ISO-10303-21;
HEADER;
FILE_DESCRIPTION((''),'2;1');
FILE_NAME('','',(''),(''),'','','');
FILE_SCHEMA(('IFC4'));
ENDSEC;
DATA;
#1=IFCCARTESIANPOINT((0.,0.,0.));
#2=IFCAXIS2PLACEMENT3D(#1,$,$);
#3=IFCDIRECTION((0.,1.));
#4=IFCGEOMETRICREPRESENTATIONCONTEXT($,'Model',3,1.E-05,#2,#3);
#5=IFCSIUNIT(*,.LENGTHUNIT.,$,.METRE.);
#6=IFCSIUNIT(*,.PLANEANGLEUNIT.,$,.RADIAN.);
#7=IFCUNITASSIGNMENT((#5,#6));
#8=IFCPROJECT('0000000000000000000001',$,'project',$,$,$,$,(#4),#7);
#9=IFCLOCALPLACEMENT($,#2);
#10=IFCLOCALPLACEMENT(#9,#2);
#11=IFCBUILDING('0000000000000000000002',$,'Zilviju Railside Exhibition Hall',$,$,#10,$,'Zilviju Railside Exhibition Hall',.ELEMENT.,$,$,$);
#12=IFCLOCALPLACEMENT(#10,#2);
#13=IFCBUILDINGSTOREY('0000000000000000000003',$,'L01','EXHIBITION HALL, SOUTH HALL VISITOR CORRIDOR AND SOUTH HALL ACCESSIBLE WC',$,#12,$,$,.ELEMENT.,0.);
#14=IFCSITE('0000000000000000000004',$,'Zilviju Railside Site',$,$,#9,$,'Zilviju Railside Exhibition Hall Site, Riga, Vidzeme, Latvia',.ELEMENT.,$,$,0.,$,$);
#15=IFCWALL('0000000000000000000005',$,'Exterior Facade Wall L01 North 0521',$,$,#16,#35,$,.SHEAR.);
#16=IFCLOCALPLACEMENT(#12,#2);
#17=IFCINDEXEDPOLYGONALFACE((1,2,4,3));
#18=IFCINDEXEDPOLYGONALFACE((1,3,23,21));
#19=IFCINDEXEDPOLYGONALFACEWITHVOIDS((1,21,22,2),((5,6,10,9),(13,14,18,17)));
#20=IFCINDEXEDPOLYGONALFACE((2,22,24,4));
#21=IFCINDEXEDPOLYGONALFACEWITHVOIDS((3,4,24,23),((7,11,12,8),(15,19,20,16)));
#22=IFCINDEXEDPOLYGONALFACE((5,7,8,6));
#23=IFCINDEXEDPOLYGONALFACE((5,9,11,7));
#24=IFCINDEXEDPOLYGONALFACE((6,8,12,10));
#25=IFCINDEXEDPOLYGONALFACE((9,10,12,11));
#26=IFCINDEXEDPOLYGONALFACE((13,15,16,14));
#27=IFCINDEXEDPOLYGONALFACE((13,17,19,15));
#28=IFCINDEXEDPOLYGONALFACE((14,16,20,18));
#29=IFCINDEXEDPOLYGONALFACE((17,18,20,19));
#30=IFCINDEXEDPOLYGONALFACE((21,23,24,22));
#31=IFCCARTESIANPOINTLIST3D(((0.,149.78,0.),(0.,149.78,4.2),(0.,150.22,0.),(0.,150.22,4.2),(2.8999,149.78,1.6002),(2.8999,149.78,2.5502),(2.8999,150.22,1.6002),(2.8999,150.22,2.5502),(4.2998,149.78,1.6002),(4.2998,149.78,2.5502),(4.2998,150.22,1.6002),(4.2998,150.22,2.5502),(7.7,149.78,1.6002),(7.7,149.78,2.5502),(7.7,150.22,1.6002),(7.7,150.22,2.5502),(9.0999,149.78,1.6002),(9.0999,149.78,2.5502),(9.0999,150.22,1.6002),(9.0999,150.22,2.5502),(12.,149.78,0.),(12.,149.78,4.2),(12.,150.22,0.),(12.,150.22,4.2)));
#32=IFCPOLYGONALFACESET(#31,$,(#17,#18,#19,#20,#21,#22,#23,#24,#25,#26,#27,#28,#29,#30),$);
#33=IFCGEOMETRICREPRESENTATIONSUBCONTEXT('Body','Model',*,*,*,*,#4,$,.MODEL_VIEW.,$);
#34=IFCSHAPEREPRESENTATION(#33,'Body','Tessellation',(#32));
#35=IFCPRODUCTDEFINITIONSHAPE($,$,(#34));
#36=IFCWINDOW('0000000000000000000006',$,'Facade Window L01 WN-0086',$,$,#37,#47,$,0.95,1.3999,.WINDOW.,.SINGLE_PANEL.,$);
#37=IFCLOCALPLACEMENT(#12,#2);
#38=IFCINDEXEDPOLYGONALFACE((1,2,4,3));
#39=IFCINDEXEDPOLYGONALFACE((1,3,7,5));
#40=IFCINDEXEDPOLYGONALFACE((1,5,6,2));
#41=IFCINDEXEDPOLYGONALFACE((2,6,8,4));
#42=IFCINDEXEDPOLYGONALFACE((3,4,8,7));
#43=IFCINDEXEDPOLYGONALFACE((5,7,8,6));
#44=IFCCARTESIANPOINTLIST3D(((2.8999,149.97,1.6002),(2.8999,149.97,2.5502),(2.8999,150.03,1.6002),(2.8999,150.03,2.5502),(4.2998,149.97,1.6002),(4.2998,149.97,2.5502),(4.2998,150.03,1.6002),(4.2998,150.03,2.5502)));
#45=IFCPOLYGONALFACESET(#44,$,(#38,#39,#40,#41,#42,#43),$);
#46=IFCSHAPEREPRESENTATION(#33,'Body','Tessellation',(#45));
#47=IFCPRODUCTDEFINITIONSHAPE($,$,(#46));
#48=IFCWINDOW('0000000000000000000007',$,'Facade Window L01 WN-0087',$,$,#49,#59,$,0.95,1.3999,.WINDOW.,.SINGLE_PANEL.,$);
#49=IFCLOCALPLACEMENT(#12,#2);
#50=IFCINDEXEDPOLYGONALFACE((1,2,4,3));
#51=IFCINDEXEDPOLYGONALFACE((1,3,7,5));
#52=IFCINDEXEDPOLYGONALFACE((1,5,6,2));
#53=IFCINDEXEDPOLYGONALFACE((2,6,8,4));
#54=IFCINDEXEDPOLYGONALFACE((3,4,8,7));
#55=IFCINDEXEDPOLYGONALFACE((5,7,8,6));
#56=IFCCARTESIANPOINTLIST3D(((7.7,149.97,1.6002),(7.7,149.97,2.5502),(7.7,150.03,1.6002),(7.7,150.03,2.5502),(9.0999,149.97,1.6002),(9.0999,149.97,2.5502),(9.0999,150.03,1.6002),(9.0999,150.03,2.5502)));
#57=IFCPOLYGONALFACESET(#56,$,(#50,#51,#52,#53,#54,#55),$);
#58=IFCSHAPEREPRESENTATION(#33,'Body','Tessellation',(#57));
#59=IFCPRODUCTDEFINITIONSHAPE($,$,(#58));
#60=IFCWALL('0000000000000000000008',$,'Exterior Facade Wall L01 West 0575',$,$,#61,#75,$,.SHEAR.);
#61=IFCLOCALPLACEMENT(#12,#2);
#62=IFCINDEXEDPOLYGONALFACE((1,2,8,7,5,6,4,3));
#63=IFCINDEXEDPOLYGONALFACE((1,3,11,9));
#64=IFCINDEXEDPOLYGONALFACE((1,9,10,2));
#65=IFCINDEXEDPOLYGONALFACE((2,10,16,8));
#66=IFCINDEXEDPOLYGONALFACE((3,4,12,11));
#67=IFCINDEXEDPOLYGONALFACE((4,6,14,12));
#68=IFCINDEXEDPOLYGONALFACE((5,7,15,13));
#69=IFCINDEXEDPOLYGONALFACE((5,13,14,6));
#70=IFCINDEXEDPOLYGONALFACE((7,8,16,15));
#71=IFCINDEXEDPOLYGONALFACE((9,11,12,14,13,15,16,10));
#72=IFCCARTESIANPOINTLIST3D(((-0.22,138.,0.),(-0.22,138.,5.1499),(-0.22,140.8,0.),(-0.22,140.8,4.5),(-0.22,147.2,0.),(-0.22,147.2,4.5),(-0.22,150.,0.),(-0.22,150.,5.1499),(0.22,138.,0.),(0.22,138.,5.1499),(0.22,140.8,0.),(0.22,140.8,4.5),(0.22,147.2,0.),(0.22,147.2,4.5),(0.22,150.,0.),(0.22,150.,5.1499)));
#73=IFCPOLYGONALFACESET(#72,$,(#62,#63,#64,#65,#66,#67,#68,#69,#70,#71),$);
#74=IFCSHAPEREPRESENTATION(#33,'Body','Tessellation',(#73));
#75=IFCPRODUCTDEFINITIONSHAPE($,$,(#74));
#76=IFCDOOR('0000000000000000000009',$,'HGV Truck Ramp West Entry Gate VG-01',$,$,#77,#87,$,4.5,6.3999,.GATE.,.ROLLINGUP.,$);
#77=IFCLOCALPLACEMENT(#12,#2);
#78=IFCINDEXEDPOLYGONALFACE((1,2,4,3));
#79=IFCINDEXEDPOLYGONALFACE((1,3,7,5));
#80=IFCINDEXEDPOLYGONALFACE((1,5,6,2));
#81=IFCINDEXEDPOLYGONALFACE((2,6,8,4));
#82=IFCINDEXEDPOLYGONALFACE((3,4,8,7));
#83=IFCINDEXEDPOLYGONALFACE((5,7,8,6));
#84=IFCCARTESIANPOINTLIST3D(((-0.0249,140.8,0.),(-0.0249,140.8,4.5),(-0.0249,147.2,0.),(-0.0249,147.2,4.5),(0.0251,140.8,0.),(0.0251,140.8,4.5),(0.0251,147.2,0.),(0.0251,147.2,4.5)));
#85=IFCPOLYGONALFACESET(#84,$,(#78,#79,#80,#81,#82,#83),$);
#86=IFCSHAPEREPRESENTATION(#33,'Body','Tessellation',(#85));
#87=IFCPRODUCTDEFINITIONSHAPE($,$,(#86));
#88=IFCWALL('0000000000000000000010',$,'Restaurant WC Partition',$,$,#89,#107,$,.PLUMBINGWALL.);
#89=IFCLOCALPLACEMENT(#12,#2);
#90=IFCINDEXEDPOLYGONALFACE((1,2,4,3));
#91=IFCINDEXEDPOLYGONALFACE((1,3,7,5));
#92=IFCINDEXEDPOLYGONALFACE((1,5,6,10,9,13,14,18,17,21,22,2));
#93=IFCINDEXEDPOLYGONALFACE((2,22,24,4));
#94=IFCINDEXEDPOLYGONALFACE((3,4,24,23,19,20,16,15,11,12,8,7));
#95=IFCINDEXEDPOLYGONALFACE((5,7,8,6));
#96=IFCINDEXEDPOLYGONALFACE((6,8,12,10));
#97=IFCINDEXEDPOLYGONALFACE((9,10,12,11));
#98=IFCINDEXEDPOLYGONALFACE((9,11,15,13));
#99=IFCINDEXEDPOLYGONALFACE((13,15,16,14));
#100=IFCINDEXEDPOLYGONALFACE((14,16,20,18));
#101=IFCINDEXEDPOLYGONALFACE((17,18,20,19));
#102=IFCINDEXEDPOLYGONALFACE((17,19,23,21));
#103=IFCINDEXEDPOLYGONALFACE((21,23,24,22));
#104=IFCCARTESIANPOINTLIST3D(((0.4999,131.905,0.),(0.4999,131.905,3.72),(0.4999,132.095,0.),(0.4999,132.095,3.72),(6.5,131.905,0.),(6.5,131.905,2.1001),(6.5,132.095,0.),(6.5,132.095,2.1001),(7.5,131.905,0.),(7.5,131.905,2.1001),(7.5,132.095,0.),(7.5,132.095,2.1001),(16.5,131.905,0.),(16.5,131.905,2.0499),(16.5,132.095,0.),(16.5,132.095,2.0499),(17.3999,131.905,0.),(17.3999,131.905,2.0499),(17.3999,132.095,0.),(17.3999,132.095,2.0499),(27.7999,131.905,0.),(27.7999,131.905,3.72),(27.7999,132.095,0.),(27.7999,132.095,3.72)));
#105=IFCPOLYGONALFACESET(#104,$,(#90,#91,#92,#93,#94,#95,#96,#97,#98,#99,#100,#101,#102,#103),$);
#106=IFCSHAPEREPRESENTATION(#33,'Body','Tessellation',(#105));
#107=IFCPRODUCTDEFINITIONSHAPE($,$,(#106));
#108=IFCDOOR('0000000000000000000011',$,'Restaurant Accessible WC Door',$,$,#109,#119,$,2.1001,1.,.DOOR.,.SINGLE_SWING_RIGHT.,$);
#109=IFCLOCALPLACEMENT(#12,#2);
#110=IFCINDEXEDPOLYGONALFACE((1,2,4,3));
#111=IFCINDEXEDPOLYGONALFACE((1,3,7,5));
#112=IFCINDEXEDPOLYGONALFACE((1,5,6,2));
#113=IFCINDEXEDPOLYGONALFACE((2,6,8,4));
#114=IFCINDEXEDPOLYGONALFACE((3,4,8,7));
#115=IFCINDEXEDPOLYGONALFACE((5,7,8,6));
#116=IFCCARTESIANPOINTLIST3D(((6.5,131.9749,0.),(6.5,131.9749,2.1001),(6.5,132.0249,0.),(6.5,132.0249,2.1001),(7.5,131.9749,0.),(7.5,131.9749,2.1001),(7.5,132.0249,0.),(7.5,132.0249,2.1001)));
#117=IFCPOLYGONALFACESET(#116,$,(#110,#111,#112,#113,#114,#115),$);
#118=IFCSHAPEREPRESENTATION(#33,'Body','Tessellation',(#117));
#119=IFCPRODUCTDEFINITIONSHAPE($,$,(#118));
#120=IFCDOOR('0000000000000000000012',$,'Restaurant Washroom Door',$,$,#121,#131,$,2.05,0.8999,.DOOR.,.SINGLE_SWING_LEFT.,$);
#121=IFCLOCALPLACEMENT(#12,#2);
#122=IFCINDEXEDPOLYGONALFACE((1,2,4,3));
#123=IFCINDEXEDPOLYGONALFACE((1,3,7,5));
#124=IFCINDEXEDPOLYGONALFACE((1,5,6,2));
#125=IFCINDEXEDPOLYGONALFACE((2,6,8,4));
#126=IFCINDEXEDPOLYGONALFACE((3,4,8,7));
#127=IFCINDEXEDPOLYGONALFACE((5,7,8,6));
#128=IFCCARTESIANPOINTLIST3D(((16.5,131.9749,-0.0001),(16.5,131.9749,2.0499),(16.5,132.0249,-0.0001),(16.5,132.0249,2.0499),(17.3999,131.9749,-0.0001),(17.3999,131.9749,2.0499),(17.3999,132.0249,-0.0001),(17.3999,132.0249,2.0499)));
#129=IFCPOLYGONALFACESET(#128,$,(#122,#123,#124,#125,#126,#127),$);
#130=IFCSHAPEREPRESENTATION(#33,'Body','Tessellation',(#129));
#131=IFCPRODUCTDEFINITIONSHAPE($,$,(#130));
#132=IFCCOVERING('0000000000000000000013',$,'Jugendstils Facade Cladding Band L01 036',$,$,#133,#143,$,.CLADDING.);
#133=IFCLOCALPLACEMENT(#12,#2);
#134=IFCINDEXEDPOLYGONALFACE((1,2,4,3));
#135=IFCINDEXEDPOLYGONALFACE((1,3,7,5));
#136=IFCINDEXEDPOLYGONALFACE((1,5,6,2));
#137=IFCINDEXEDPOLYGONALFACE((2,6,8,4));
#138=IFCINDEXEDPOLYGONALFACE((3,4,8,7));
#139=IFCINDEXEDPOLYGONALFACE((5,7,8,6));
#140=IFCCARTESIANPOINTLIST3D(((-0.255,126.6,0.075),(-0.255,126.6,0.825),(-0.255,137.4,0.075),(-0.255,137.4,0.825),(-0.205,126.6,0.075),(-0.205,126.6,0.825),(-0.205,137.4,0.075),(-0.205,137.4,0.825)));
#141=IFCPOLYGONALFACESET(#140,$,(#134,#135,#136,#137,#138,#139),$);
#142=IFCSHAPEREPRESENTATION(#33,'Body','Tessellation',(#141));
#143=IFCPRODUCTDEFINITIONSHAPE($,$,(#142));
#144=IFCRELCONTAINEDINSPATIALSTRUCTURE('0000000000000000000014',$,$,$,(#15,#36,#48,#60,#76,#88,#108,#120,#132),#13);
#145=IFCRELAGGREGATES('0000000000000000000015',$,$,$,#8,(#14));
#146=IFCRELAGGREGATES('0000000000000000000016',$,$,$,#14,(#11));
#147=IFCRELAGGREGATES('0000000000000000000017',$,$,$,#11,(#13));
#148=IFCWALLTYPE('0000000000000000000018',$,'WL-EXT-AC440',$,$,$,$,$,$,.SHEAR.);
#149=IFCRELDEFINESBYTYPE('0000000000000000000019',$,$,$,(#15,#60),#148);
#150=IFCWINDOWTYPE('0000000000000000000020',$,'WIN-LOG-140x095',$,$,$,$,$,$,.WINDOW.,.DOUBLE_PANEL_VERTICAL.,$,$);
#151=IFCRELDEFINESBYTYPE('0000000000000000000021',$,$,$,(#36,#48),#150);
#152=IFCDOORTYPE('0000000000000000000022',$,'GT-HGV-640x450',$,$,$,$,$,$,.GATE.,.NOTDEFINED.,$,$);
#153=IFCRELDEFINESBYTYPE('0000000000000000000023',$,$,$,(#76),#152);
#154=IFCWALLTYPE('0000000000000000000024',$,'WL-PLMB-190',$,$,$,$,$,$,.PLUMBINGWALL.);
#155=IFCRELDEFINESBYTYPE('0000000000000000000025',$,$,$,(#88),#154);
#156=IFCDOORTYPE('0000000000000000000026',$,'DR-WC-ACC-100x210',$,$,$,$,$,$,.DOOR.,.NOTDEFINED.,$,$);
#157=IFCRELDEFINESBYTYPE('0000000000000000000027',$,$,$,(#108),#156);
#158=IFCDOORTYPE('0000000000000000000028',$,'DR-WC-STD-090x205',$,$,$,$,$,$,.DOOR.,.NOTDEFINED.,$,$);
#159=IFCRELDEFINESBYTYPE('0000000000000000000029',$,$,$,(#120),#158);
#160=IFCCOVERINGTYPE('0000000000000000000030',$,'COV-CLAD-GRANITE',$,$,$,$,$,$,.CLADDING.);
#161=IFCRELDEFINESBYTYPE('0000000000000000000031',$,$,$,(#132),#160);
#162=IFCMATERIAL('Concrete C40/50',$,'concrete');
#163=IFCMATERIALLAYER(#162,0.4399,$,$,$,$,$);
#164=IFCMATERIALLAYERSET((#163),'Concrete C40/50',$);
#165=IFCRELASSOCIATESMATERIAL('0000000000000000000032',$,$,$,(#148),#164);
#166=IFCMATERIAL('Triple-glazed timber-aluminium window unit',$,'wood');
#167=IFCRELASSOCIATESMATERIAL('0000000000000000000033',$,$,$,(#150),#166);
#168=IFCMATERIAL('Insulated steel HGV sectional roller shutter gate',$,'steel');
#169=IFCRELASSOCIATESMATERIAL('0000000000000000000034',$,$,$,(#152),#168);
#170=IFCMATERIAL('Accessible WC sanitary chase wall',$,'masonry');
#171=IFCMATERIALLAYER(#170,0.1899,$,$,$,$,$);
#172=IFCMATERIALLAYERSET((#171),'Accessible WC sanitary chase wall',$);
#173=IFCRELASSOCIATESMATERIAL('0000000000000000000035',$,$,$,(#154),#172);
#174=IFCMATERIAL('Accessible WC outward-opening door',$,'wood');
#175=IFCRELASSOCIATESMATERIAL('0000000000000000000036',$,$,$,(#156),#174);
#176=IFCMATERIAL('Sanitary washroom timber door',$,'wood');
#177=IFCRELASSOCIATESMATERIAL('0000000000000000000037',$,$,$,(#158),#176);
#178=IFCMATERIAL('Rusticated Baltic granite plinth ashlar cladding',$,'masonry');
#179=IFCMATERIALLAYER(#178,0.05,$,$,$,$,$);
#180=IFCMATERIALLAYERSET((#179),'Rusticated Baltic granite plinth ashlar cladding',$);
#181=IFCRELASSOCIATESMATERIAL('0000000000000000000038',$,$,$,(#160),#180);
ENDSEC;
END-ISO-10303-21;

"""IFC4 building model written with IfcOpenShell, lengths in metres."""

from ifc_helpers import new_model, si_unit, direction, frame, frame_2d, origin, origin_2d, place, context, subcontext, project, spatial, rectangle, extrude, material, layer, layer_set, type_object, element, fill, save


model = new_model("IFC4")

# Units and contexts
model_context = context("Model", 3, precision=1e-05, world=origin(), true_north=direction((0.0, 1.0)))
body_context = subcontext(model_context, "Body", "Model", "MODEL_VIEW")
ifc_project = project(units=[si_unit("LENGTHUNIT", "METRE"), si_unit("PLANEANGLEUNIT", "RADIAN")], contexts=[model_context])

# Site, building, storey
site_placement = place(None, origin())
site = spatial("IfcSite", under=ifc_project, at=site_placement, Name="Zilviju Railside Site", LongName="Zilviju Railside Exhibition Hall Site, Riga, Vidzeme, Latvia", CompositionType="ELEMENT", RefElevation=0.0)
building_placement = place(site_placement, origin())
building = spatial("IfcBuilding", under=site, at=building_placement, Name="Zilviju Railside Exhibition Hall", LongName="Zilviju Railside Exhibition Hall", CompositionType="ELEMENT")
storey_placement = place(building_placement, origin())
storey = spatial("IfcBuildingStorey", under=building, at=storey_placement, Name="L01", Description="EXHIBITION HALL, SOUTH HALL VISITOR CORRIDOR AND SOUTH HALL ACCESSIBLE WC", CompositionType="ELEMENT", Elevation=0.0)

# Shared definitions
ifc_material_1 = material(Name="Concrete C40/50", Category="concrete")

# Wall, openings, windows
ifc_layer_1 = layer(ifc_material_1, 0.4399)
ifc_layer_set_1 = layer_set([ifc_layer_1], Name="Concrete C40/50")
wall_type_1 = type_object("IfcWallType", Name="WL-EXT-AC440", PredefinedType="SHEAR", material=ifc_layer_set_1)
wall_1_placement = place(storey_placement, frame((0.0, 150.0, 0.0), z_axis=(0.0, 0.0, 1.0), x_axis=(1.0, 0.0, 0.0)))
wall_1 = element("IfcWall", 1, at=wall_1_placement, inside=storey, type_object=wall_type_1, Name="Exterior Facade Wall L01 North 0521", PredefinedType="SHEAR", context=body_context, shape_type="SweptSolid", body=[
    extrude(rectangle(XDim=12.0, YDim=0.4399, at=frame_2d((6.0, 0.0))), origin(), (0.0, 0.0, 1.0), 4.2),
])
opening_1_placement = place(wall_1_placement, frame((2.8999, 0.0, 1.6001)))
opening_1 = element("IfcOpeningElement", 2, at=opening_1_placement, cuts=wall_1, PredefinedType="OPENING", context=body_context, shape_type="SweptSolid", body=[
    extrude(rectangle(XDim=1.3999, YDim=0.95, at=frame_2d((0.7, 0.4751))), frame((0.0, 0.23, 0.0), z_axis=(0.0, -1.0, 0.0), x_axis=(1.0, 0.0, 0.0)), (0.0, 0.0, 1.0), 0.46),
])
opening_2_placement = place(wall_1_placement, frame((7.7, 0.0, 1.6001)))
opening_2 = element("IfcOpeningElement", 3, at=opening_2_placement, cuts=wall_1, PredefinedType="OPENING", context=body_context, shape_type="SweptSolid", body=[
    extrude(rectangle(XDim=1.3999, YDim=0.95, at=frame_2d((0.7, 0.4751))), frame((0.0, 0.23, 0.0), z_axis=(0.0, -1.0, 0.0), x_axis=(1.0, 0.0, 0.0)), (0.0, 0.0, 1.0), 0.46),
])
ifc_material_2 = material(Name="Triple-glazed timber-aluminium window unit", Category="wood")
window_type = type_object("IfcWindowType", Name="WIN-LOG-140x095", PartitioningType="DOUBLE_PANEL_VERTICAL", PredefinedType="WINDOW", material=ifc_material_2)
window_1_placement = place(opening_1_placement, origin())
window_1 = element("IfcWindow", 4, at=window_1_placement, inside=storey, type_object=window_type, Name="Facade Window L01 WN-0086", OverallHeight=0.95, OverallWidth=1.3999, PartitioningType="SINGLE_PANEL", PredefinedType="WINDOW", context=body_context, shape_type="SweptSolid", body=[
    extrude(rectangle(XDim=1.3999, YDim=0.95, at=frame_2d((0.7, 0.4751))), frame((0.0, 0.03, 0.0), z_axis=(0.0, -1.0, 0.0), x_axis=(1.0, 0.0, 0.0)), (0.0, 0.0, 1.0), 0.0601),
])
fill(opening_1, window_1)
window_2_placement = place(opening_2_placement, origin())
window_2 = element("IfcWindow", 5, at=window_2_placement, inside=storey, type_object=window_type, Name="Facade Window L01 WN-0087", OverallHeight=0.95, OverallWidth=1.3999, PartitioningType="SINGLE_PANEL", PredefinedType="WINDOW", context=body_context, shape_type="SweptSolid", body=[
    extrude(rectangle(XDim=1.3999, YDim=0.95, at=frame_2d((0.7, 0.4751))), frame((0.0, 0.03, 0.0), z_axis=(0.0, -1.0, 0.0), x_axis=(1.0, 0.0, 0.0)), (0.0, 0.0, 1.0), 0.0601),
])
fill(opening_2, window_2)

# Wall, opening, door
wall_2_placement = place(storey_placement, frame((0.0, 138.0, 0.0), z_axis=(0.0, 0.0, 1.0), x_axis=(0.0, 1.0, 0.0)))
wall_2 = element("IfcWall", 6, at=wall_2_placement, inside=storey, type_object=wall_type_1, Name="Exterior Facade Wall L01 West 0575", PredefinedType="SHEAR", context=body_context, shape_type="SweptSolid", body=[
    extrude(rectangle(XDim=12.0, YDim=0.4399, at=frame_2d((6.0, 0.0))), origin(), (0.0, 0.0, 1.0), 5.1499),
])
opening_3_placement = place(wall_2_placement, frame((2.8, 0.0, 0.0)))
opening_3 = element("IfcOpeningElement", 7, at=opening_3_placement, cuts=wall_2, PredefinedType="OPENING", context=body_context, shape_type="SweptSolid", body=[
    extrude(rectangle(XDim=6.3999, YDim=4.5, at=frame_2d((3.2, 2.25))), frame((0.0, 0.23, 0.0), z_axis=(0.0, -1.0, 0.0), x_axis=(1.0, 0.0, 0.0)), (0.0, 0.0, 1.0), 0.46),
])
ifc_material_3 = material(Name="Insulated steel HGV sectional roller shutter gate", Category="steel")
door_type_1 = type_object("IfcDoorType", Name="GT-HGV-640x450", OperationType="NOTDEFINED", PredefinedType="GATE", material=ifc_material_3)
door_1_placement = place(opening_3_placement, origin())
door_1 = element("IfcDoor", 8, at=door_1_placement, inside=storey, type_object=door_type_1, Name="HGV Truck Ramp West Entry Gate VG-01", OperationType="ROLLINGUP", OverallHeight=4.5, OverallWidth=6.3999, PredefinedType="GATE", context=body_context, shape_type="SweptSolid", body=[
    extrude(rectangle(XDim=6.3999, YDim=4.5, at=frame_2d((3.2, 2.25))), frame((0.0, 0.0249, 0.0), z_axis=(0.0, -1.0, 0.0), x_axis=(1.0, 0.0, 0.0)), (0.0, 0.0, 1.0), 0.05),
])
fill(opening_3, door_1)

# Wall, openings, doors
ifc_material_4 = material(Name="Accessible WC sanitary chase wall", Category="masonry")
ifc_layer_2 = layer(ifc_material_4, 0.1899)
ifc_layer_set_2 = layer_set([ifc_layer_2], Name="Accessible WC sanitary chase wall")
wall_type_2 = type_object("IfcWallType", Name="WL-PLMB-190", PredefinedType="PLUMBINGWALL", material=ifc_layer_set_2)
wall_3_placement = place(storey_placement, frame((0.5, 132.0, 0.0), z_axis=(0.0, 0.0, 1.0), x_axis=(1.0, 0.0, 0.0)))
wall_3 = element("IfcWall", 9, at=wall_3_placement, inside=storey, type_object=wall_type_2, Name="Restaurant WC Partition", PredefinedType="PLUMBINGWALL", context=body_context, shape_type="SweptSolid", body=[
    extrude(rectangle(XDim=27.3, YDim=0.1899, at=frame_2d((13.6499, 0.0))), origin(), (0.0, 0.0, 1.0), 3.72),
])
opening_4_placement = place(wall_3_placement, frame((6.0, 0.0, 0.0)))
opening_4 = element("IfcOpeningElement", 10, at=opening_4_placement, cuts=wall_3, PredefinedType="OPENING", context=body_context, shape_type="SweptSolid", body=[
    extrude(rectangle(XDim=1.0, YDim=2.1001, at=frame_2d((0.5, 1.05))), frame((0.0, 0.105, 0.0), z_axis=(0.0, -1.0, 0.0), x_axis=(1.0, 0.0, 0.0)), (0.0, 0.0, 1.0), 0.21),
])
opening_5_placement = place(wall_3_placement, frame((16.0, 0.0, 0.0)))
opening_5 = element("IfcOpeningElement", 11, at=opening_5_placement, cuts=wall_3, PredefinedType="OPENING", context=body_context, shape_type="SweptSolid", body=[
    extrude(rectangle(XDim=0.8999, YDim=2.05, at=frame_2d((0.45, 1.0249))), frame((0.0, 0.105, 0.0), z_axis=(0.0, -1.0, 0.0), x_axis=(1.0, 0.0, 0.0)), (0.0, 0.0, 1.0), 0.21),
])
ifc_material_5 = material(Name="Accessible WC outward-opening door", Category="wood")
door_type_2 = type_object("IfcDoorType", Name="DR-WC-ACC-100x210", OperationType="NOTDEFINED", PredefinedType="DOOR", material=ifc_material_5)
door_2_placement = place(opening_4_placement, origin())
door_2 = element("IfcDoor", 12, at=door_2_placement, inside=storey, type_object=door_type_2, Name="Restaurant Accessible WC Door", OperationType="SINGLE_SWING_RIGHT", OverallHeight=2.1001, OverallWidth=1.0, PredefinedType="DOOR", context=body_context, shape_type="SweptSolid", body=[
    extrude(rectangle(XDim=1.0, YDim=2.1001, at=frame_2d((0.5, 1.05))), frame((0.0, 0.0249, 0.0), z_axis=(0.0, -1.0, 0.0), x_axis=(1.0, 0.0, 0.0)), (0.0, 0.0, 1.0), 0.05),
])
fill(opening_4, door_2)
ifc_material_6 = material(Name="Sanitary washroom timber door", Category="wood")
door_type_3 = type_object("IfcDoorType", Name="DR-WC-STD-090x205", OperationType="NOTDEFINED", PredefinedType="DOOR", material=ifc_material_6)
door_3_placement = place(opening_5_placement, origin())
door_3 = element("IfcDoor", 13, at=door_3_placement, inside=storey, type_object=door_type_3, Name="Restaurant Washroom Door", OperationType="SINGLE_SWING_LEFT", OverallHeight=2.05, OverallWidth=0.8999, PredefinedType="DOOR", context=body_context, shape_type="SweptSolid", body=[
    extrude(rectangle(XDim=0.8999, YDim=2.05, at=frame_2d((0.45, 1.0249))), frame((0.0, 0.0249, 0.0), z_axis=(0.0, -1.0, 0.0), x_axis=(1.0, 0.0, 0.0)), (0.0, 0.0, 1.0), 0.05),
])
fill(opening_5, door_3)

# Covering
ifc_material_7 = material(Name="Rusticated Baltic granite plinth ashlar cladding", Category="masonry")
ifc_layer_3 = layer(ifc_material_7, 0.05)
ifc_layer_set_3 = layer_set([ifc_layer_3], Name="Rusticated Baltic granite plinth ashlar cladding")
covering_type = type_object("IfcCoveringType", Name="COV-CLAD-GRANITE", PredefinedType="CLADDING", material=ifc_layer_set_3)
covering_placement = place(storey_placement, frame((-0.23, 132.0, 0.075), z_axis=(0.0, 0.0, 1.0), x_axis=(0.0, 1.0, 0.0)))
element("IfcCovering", 14, at=covering_placement, inside=storey, type_object=covering_type, Name="Jugendstils Facade Cladding Band L01 036", PredefinedType="CLADDING", context=body_context, shape_type="SweptSolid", body=[
    extrude(rectangle(XDim=10.8, YDim=0.05, at=origin_2d()), origin(), (0.0, 0.0, 1.0), 0.75),
])

save(model, "model.ifc")
